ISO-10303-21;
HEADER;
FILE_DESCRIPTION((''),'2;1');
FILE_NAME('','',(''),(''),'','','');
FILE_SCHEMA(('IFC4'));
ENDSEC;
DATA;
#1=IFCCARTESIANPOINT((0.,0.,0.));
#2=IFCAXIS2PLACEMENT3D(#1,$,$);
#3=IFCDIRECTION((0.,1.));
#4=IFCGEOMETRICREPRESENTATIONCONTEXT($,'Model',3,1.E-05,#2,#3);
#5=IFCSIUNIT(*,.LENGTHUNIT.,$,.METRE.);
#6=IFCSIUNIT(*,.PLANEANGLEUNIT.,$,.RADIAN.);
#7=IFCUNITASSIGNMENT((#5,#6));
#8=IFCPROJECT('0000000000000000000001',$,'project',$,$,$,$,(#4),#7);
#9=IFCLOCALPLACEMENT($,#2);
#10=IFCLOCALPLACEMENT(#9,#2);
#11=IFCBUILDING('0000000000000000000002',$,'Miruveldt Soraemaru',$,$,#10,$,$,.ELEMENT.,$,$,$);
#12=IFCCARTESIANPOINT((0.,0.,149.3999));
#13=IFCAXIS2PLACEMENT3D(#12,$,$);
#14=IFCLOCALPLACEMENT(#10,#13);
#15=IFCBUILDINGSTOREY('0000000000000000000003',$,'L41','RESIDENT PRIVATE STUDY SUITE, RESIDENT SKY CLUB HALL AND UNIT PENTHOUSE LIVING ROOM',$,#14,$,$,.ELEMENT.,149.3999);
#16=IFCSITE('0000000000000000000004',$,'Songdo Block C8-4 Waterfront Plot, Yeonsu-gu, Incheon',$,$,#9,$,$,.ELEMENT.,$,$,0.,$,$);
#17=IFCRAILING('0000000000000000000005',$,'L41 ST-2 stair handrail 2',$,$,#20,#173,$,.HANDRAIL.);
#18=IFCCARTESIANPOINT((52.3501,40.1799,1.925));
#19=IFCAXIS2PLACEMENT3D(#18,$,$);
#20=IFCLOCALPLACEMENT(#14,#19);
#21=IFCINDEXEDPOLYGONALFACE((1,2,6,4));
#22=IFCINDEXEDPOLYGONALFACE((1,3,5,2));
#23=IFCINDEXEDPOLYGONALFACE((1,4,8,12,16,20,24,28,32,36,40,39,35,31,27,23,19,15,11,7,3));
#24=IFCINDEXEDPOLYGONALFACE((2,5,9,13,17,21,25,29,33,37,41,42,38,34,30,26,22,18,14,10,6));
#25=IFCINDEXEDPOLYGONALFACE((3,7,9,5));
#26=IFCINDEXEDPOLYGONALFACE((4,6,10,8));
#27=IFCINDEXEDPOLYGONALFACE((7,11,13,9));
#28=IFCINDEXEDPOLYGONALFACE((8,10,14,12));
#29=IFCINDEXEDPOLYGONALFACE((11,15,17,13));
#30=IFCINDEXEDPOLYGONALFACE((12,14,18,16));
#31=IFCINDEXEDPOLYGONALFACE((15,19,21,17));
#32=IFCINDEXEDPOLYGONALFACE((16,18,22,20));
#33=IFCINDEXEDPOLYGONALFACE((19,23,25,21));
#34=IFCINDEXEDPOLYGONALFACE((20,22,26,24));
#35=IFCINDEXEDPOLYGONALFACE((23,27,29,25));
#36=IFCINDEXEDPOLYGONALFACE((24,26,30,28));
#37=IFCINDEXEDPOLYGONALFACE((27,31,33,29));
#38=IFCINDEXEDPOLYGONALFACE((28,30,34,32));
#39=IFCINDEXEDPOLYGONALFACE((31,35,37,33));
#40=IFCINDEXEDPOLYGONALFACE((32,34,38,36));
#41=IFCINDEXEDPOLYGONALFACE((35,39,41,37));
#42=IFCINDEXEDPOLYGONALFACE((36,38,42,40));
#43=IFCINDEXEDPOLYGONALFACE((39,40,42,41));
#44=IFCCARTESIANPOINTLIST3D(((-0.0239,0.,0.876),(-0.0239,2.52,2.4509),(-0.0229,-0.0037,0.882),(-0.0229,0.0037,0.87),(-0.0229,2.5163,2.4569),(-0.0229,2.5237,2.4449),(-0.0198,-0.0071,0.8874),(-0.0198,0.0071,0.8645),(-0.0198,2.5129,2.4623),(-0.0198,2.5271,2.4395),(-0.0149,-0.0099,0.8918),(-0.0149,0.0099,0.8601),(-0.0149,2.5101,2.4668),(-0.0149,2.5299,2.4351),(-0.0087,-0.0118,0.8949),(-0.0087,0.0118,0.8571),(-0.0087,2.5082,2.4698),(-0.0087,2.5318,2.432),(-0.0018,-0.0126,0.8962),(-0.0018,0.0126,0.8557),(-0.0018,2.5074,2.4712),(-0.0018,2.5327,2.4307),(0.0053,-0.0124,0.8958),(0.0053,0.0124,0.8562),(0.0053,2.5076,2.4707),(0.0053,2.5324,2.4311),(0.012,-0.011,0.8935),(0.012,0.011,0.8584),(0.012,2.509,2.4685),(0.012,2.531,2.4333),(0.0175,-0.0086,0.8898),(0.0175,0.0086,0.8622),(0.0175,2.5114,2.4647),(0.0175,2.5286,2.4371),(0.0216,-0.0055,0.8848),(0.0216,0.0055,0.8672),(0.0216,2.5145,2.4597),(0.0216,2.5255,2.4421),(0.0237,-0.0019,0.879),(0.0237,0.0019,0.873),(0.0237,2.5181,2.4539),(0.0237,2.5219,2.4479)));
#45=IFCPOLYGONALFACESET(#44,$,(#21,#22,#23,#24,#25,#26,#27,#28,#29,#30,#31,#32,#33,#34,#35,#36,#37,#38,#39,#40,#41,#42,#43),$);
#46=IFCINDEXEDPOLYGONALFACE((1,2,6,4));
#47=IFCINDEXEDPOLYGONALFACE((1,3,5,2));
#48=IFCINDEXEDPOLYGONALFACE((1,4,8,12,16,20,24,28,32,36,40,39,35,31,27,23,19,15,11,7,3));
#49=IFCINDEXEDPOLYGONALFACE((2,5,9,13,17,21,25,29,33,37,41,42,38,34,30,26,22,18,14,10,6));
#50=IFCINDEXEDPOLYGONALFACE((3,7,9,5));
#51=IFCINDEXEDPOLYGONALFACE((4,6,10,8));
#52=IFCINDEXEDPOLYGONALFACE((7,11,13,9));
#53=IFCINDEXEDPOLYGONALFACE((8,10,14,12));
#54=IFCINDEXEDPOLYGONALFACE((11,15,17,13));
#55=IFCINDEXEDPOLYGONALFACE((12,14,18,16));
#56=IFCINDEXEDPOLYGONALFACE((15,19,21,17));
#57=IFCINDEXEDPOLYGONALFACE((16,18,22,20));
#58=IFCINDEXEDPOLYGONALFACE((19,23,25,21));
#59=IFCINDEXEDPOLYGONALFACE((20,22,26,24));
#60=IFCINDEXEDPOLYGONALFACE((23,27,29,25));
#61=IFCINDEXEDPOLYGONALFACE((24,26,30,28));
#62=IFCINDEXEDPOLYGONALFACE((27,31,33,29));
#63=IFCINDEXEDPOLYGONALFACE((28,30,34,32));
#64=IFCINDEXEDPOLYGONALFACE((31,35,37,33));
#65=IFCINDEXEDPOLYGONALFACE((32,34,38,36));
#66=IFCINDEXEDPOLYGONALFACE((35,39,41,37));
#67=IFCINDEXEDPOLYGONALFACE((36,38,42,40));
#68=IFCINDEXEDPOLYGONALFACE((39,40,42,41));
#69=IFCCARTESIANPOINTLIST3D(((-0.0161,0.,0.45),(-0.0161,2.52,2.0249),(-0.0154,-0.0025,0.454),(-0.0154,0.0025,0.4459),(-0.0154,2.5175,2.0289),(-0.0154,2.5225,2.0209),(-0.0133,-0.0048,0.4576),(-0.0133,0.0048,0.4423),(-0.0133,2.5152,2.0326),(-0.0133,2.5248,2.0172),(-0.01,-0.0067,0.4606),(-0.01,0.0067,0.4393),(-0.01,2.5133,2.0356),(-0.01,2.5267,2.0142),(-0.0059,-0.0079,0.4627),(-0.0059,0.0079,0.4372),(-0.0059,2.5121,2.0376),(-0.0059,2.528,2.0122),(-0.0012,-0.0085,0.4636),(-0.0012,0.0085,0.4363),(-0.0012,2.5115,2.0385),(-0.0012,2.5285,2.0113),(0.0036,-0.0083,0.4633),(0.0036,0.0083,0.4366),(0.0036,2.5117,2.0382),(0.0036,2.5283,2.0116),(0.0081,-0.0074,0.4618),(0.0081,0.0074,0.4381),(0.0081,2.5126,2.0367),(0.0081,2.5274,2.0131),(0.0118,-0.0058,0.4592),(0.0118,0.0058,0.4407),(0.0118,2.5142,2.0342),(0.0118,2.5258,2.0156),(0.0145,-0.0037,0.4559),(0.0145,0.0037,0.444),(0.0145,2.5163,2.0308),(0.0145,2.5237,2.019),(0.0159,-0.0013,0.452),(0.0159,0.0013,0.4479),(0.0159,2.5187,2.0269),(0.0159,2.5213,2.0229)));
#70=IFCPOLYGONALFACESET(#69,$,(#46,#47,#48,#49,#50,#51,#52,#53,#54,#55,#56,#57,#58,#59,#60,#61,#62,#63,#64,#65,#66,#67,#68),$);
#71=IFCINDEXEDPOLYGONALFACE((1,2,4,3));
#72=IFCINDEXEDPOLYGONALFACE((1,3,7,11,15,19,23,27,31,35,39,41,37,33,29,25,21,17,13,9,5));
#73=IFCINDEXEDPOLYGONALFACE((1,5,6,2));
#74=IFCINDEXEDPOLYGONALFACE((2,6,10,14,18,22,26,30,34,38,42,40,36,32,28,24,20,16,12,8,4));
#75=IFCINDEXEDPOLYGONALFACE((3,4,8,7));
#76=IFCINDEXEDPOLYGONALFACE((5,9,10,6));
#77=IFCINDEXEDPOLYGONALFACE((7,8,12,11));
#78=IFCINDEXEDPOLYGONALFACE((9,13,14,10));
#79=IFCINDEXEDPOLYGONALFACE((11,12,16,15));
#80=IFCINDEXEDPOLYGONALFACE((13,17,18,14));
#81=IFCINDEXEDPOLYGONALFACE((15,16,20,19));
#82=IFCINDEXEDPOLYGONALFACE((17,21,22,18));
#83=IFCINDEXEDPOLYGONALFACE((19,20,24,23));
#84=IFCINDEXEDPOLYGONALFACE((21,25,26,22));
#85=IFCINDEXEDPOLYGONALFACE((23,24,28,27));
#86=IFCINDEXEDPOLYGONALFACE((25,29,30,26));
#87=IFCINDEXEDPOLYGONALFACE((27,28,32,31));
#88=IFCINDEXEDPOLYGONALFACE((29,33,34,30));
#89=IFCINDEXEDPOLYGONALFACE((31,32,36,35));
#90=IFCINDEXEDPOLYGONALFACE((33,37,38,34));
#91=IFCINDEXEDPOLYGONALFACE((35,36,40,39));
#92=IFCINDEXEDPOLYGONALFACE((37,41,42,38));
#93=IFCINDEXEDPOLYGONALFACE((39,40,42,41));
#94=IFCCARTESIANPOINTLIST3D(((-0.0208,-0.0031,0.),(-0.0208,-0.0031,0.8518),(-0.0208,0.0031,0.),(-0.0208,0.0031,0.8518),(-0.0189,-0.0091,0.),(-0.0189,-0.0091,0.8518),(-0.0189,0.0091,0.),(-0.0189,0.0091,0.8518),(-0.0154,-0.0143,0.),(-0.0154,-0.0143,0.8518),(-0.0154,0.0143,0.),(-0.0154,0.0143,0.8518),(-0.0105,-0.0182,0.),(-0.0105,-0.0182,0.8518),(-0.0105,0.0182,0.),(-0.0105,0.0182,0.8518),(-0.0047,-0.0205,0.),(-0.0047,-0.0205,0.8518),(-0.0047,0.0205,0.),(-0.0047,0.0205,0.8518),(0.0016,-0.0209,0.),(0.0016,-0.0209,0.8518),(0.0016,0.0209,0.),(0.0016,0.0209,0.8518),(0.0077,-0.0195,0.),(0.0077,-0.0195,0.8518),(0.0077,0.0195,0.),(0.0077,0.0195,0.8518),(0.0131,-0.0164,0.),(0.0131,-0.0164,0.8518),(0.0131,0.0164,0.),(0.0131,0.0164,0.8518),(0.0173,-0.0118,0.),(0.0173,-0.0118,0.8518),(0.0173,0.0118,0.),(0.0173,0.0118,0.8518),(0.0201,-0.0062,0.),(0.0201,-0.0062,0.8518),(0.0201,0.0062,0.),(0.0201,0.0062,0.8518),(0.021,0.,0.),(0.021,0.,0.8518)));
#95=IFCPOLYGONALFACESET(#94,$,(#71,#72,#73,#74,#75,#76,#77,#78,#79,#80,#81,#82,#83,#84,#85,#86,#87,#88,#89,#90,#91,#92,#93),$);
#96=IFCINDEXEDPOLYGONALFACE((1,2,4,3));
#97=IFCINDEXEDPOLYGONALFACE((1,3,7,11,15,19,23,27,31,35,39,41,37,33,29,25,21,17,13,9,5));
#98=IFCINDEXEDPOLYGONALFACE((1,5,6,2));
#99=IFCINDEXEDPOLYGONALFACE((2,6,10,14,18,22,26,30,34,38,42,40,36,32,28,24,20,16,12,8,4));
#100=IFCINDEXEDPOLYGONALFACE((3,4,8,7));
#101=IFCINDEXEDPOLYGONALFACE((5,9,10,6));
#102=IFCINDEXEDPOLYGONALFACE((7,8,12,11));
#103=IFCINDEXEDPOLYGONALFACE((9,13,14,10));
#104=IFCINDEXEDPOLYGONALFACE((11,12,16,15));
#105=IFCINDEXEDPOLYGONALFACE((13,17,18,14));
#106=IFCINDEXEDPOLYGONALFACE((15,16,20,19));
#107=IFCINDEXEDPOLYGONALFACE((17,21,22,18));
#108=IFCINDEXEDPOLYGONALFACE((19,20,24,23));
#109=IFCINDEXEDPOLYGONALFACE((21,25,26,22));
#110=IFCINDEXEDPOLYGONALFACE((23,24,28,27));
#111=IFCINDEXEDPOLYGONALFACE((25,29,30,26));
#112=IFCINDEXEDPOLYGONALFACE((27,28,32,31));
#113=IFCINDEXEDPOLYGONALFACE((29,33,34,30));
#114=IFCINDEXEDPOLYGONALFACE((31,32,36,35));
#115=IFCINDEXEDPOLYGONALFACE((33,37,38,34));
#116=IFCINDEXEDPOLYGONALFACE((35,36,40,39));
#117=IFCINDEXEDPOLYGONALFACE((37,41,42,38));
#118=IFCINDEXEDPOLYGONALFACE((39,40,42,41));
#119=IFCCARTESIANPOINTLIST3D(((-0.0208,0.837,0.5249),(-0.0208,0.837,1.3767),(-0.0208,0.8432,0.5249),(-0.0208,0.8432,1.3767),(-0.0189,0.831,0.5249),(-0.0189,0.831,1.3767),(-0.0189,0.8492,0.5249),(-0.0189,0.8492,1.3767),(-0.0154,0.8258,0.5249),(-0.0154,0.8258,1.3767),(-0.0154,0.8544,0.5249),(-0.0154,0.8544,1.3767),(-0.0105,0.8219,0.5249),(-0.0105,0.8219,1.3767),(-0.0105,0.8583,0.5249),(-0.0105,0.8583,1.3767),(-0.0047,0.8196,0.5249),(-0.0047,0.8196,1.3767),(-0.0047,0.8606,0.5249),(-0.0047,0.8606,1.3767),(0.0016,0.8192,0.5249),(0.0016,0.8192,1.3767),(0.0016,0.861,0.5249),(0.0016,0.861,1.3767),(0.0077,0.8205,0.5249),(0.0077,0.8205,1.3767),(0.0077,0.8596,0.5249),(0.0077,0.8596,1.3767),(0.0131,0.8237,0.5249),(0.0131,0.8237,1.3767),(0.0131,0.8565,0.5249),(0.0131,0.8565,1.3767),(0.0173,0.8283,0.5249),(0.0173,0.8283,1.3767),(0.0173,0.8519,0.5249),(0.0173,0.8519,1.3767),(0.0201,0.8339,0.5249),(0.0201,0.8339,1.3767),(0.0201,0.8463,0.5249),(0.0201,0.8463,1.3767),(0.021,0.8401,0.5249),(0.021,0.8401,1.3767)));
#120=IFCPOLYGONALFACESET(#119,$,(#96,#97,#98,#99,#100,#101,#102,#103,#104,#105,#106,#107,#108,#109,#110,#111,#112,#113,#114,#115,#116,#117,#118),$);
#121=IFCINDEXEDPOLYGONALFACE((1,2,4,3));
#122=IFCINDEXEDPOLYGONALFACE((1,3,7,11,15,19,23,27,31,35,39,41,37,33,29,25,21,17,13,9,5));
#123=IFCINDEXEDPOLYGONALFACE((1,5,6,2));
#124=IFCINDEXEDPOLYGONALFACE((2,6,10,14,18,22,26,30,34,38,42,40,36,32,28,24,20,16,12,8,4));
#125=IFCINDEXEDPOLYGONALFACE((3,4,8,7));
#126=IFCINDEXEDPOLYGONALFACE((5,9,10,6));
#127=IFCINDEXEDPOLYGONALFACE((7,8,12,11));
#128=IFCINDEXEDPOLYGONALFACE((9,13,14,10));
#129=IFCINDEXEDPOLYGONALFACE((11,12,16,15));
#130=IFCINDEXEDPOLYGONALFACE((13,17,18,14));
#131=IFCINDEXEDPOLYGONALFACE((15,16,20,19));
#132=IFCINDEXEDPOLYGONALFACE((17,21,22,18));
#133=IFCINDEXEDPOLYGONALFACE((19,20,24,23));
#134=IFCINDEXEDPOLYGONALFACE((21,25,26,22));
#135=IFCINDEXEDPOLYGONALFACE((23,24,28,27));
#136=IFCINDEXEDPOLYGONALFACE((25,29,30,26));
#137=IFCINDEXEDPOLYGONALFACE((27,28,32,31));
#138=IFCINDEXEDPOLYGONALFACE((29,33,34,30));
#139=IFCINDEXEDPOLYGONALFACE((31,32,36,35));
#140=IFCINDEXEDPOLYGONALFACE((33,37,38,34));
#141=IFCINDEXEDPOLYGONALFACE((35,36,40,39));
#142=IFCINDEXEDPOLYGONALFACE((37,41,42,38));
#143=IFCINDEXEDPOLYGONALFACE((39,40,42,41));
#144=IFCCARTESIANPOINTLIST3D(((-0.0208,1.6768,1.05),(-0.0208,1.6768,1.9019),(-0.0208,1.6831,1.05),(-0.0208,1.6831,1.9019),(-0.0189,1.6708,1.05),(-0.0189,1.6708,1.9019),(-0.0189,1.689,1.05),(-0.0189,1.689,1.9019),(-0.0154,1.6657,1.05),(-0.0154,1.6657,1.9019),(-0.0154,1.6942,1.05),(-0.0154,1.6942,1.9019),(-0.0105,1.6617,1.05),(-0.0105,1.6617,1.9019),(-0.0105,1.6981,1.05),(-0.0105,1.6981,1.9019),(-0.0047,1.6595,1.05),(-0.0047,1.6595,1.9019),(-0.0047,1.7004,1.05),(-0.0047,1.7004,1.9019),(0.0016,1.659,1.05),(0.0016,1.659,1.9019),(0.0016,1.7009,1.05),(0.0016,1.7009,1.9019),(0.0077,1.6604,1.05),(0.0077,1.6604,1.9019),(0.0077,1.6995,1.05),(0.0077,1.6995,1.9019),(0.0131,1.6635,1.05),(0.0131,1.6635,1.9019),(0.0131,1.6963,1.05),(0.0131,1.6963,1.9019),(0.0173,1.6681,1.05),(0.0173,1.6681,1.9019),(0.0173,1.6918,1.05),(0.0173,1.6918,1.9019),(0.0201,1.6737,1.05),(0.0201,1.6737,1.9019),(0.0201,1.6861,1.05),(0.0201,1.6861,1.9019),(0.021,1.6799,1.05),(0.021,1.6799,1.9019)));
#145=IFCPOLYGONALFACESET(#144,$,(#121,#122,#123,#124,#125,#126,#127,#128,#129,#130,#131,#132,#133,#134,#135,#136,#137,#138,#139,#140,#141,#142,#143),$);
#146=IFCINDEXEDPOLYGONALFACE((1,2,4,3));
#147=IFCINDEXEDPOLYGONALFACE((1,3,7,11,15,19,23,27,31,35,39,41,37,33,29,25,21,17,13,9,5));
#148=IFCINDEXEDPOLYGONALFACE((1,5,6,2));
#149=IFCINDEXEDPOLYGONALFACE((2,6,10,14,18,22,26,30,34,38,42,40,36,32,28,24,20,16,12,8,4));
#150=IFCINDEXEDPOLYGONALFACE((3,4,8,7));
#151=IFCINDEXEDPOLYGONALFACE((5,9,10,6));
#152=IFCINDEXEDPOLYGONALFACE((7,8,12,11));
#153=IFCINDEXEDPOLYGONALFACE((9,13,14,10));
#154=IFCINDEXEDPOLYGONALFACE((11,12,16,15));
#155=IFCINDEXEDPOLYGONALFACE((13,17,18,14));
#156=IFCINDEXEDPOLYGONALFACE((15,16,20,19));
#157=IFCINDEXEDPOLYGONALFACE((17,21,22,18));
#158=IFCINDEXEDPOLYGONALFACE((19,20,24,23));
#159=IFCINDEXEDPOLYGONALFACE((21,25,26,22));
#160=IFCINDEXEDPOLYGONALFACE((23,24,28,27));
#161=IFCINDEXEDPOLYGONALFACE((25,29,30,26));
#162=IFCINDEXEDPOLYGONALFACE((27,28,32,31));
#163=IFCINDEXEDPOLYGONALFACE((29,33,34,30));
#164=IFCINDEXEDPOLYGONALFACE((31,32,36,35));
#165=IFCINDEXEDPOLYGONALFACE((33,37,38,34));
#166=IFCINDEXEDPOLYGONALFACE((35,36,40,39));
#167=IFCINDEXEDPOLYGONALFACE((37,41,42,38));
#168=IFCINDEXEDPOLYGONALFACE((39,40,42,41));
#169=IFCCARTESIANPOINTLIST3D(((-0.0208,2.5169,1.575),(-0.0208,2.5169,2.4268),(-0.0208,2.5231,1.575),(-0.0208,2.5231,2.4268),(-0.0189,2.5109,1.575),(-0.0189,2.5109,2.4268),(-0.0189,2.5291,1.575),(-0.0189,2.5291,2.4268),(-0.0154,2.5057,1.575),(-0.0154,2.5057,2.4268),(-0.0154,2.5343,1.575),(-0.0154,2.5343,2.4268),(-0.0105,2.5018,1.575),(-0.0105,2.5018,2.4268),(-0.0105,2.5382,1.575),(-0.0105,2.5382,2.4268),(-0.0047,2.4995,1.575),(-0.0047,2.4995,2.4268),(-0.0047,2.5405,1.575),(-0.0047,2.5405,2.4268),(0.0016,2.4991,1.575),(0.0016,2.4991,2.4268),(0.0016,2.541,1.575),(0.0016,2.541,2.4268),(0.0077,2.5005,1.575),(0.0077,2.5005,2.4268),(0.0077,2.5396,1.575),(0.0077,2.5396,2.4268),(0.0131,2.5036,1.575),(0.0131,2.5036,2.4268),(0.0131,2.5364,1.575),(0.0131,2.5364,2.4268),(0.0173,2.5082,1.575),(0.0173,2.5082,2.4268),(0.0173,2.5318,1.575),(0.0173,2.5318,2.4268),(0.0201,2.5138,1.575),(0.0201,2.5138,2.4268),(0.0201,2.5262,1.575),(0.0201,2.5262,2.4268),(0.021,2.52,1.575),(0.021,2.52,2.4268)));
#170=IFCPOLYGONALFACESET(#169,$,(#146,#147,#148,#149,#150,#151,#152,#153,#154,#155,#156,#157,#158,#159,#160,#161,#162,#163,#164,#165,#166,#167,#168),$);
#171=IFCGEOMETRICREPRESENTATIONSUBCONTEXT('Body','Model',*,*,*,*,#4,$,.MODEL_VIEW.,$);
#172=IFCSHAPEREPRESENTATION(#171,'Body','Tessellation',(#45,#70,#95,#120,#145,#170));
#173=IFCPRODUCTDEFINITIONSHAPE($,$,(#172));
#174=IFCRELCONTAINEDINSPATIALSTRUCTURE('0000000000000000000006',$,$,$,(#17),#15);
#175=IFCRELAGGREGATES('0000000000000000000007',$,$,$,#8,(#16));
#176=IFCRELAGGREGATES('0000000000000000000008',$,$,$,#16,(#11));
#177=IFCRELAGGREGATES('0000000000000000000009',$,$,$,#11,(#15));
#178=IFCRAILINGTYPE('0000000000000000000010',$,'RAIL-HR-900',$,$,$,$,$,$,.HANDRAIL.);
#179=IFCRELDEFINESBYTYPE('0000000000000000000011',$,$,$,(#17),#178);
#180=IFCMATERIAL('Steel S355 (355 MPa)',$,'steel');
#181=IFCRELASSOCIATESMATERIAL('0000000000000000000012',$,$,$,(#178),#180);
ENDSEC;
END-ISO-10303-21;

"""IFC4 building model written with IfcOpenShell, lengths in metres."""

from ifc_helpers import new_model, si_unit, direction, frame, origin, origin_2d, place, context, subcontext, project, spatial, circle, extrude, material, type_object, element, save


model = new_model("IFC4")

# Units and contexts
model_context = context("Model", 3, precision=1e-05, world=origin(), true_north=direction((0.0, 1.0)))
body_context = subcontext(model_context, "Body", "Model", "MODEL_VIEW")
ifc_project = project(units=[si_unit("LENGTHUNIT", "METRE"), si_unit("PLANEANGLEUNIT", "RADIAN")], contexts=[model_context])

# Site, building, storey
site_placement = place(None, origin())
site = spatial("IfcSite", under=ifc_project, at=site_placement, Name="Songdo Block C8-4 Waterfront Plot, Yeonsu-gu, Incheon", CompositionType="ELEMENT", RefElevation=0.0)
building_placement = place(site_placement, origin())
building = spatial("IfcBuilding", under=site, at=building_placement, Name="Miruveldt Soraemaru", CompositionType="ELEMENT")
storey_placement = place(building_placement, frame((0.0, 0.0, 149.3999)))
storey = spatial("IfcBuildingStorey", under=building, at=storey_placement, Name="L41", Description="RESIDENT PRIVATE STUDY SUITE, RESIDENT SKY CLUB HALL AND UNIT PENTHOUSE LIVING ROOM", CompositionType="ELEMENT", Elevation=149.3999)

# Railing
ifc_material_1 = material(Name="Steel S355 (355 MPa)", Category="steel")
railing_type_1 = type_object("IfcRailingType", Name="RAIL-HR-900", PredefinedType="HANDRAIL", material=ifc_material_1)
railing_1_placement = place(storey_placement, frame((52.3501, 40.1799, 1.925)))
element("IfcRailing", 1, at=railing_1_placement, inside=storey, type_object=railing_type_1, Name="L41 ST-2 stair handrail 2", PredefinedType="HANDRAIL", context=body_context, shape_type="SweptSolid", body=[
    extrude(circle(Radius=0.0239, at=origin_2d()), frame((0.0, 0.0, 0.876), z_axis=(0.0, 0.848008, 0.529984), x_axis=(-1.0, 0.0, 0.0)), (0.0, 0.0, 1.0), 2.9717),
    extrude(circle(Radius=0.0161, at=origin_2d()), frame((0.0, 0.0, 0.45), z_axis=(0.0, 0.848008, 0.529984), x_axis=(-1.0, 0.0, 0.0)), (0.0, 0.0, 1.0), 2.9717),
    extrude(circle(Radius=0.021, at=origin_2d()), origin(), (0.0, 0.0, 1.0), 0.8518),
    extrude(circle(Radius=0.021, at=origin_2d()), frame((0.0, 0.8401, 0.5249)), (0.0, 0.0, 1.0), 0.8518),
    extrude(circle(Radius=0.021, at=origin_2d()), frame((0.0, 1.6799, 1.05)), (0.0, 0.0, 1.0), 0.8518),
    extrude(circle(Radius=0.021, at=origin_2d()), frame((0.0, 2.52, 1.575)), (0.0, 0.0, 1.0), 0.8518),
])

save(model, "model.ifc")
